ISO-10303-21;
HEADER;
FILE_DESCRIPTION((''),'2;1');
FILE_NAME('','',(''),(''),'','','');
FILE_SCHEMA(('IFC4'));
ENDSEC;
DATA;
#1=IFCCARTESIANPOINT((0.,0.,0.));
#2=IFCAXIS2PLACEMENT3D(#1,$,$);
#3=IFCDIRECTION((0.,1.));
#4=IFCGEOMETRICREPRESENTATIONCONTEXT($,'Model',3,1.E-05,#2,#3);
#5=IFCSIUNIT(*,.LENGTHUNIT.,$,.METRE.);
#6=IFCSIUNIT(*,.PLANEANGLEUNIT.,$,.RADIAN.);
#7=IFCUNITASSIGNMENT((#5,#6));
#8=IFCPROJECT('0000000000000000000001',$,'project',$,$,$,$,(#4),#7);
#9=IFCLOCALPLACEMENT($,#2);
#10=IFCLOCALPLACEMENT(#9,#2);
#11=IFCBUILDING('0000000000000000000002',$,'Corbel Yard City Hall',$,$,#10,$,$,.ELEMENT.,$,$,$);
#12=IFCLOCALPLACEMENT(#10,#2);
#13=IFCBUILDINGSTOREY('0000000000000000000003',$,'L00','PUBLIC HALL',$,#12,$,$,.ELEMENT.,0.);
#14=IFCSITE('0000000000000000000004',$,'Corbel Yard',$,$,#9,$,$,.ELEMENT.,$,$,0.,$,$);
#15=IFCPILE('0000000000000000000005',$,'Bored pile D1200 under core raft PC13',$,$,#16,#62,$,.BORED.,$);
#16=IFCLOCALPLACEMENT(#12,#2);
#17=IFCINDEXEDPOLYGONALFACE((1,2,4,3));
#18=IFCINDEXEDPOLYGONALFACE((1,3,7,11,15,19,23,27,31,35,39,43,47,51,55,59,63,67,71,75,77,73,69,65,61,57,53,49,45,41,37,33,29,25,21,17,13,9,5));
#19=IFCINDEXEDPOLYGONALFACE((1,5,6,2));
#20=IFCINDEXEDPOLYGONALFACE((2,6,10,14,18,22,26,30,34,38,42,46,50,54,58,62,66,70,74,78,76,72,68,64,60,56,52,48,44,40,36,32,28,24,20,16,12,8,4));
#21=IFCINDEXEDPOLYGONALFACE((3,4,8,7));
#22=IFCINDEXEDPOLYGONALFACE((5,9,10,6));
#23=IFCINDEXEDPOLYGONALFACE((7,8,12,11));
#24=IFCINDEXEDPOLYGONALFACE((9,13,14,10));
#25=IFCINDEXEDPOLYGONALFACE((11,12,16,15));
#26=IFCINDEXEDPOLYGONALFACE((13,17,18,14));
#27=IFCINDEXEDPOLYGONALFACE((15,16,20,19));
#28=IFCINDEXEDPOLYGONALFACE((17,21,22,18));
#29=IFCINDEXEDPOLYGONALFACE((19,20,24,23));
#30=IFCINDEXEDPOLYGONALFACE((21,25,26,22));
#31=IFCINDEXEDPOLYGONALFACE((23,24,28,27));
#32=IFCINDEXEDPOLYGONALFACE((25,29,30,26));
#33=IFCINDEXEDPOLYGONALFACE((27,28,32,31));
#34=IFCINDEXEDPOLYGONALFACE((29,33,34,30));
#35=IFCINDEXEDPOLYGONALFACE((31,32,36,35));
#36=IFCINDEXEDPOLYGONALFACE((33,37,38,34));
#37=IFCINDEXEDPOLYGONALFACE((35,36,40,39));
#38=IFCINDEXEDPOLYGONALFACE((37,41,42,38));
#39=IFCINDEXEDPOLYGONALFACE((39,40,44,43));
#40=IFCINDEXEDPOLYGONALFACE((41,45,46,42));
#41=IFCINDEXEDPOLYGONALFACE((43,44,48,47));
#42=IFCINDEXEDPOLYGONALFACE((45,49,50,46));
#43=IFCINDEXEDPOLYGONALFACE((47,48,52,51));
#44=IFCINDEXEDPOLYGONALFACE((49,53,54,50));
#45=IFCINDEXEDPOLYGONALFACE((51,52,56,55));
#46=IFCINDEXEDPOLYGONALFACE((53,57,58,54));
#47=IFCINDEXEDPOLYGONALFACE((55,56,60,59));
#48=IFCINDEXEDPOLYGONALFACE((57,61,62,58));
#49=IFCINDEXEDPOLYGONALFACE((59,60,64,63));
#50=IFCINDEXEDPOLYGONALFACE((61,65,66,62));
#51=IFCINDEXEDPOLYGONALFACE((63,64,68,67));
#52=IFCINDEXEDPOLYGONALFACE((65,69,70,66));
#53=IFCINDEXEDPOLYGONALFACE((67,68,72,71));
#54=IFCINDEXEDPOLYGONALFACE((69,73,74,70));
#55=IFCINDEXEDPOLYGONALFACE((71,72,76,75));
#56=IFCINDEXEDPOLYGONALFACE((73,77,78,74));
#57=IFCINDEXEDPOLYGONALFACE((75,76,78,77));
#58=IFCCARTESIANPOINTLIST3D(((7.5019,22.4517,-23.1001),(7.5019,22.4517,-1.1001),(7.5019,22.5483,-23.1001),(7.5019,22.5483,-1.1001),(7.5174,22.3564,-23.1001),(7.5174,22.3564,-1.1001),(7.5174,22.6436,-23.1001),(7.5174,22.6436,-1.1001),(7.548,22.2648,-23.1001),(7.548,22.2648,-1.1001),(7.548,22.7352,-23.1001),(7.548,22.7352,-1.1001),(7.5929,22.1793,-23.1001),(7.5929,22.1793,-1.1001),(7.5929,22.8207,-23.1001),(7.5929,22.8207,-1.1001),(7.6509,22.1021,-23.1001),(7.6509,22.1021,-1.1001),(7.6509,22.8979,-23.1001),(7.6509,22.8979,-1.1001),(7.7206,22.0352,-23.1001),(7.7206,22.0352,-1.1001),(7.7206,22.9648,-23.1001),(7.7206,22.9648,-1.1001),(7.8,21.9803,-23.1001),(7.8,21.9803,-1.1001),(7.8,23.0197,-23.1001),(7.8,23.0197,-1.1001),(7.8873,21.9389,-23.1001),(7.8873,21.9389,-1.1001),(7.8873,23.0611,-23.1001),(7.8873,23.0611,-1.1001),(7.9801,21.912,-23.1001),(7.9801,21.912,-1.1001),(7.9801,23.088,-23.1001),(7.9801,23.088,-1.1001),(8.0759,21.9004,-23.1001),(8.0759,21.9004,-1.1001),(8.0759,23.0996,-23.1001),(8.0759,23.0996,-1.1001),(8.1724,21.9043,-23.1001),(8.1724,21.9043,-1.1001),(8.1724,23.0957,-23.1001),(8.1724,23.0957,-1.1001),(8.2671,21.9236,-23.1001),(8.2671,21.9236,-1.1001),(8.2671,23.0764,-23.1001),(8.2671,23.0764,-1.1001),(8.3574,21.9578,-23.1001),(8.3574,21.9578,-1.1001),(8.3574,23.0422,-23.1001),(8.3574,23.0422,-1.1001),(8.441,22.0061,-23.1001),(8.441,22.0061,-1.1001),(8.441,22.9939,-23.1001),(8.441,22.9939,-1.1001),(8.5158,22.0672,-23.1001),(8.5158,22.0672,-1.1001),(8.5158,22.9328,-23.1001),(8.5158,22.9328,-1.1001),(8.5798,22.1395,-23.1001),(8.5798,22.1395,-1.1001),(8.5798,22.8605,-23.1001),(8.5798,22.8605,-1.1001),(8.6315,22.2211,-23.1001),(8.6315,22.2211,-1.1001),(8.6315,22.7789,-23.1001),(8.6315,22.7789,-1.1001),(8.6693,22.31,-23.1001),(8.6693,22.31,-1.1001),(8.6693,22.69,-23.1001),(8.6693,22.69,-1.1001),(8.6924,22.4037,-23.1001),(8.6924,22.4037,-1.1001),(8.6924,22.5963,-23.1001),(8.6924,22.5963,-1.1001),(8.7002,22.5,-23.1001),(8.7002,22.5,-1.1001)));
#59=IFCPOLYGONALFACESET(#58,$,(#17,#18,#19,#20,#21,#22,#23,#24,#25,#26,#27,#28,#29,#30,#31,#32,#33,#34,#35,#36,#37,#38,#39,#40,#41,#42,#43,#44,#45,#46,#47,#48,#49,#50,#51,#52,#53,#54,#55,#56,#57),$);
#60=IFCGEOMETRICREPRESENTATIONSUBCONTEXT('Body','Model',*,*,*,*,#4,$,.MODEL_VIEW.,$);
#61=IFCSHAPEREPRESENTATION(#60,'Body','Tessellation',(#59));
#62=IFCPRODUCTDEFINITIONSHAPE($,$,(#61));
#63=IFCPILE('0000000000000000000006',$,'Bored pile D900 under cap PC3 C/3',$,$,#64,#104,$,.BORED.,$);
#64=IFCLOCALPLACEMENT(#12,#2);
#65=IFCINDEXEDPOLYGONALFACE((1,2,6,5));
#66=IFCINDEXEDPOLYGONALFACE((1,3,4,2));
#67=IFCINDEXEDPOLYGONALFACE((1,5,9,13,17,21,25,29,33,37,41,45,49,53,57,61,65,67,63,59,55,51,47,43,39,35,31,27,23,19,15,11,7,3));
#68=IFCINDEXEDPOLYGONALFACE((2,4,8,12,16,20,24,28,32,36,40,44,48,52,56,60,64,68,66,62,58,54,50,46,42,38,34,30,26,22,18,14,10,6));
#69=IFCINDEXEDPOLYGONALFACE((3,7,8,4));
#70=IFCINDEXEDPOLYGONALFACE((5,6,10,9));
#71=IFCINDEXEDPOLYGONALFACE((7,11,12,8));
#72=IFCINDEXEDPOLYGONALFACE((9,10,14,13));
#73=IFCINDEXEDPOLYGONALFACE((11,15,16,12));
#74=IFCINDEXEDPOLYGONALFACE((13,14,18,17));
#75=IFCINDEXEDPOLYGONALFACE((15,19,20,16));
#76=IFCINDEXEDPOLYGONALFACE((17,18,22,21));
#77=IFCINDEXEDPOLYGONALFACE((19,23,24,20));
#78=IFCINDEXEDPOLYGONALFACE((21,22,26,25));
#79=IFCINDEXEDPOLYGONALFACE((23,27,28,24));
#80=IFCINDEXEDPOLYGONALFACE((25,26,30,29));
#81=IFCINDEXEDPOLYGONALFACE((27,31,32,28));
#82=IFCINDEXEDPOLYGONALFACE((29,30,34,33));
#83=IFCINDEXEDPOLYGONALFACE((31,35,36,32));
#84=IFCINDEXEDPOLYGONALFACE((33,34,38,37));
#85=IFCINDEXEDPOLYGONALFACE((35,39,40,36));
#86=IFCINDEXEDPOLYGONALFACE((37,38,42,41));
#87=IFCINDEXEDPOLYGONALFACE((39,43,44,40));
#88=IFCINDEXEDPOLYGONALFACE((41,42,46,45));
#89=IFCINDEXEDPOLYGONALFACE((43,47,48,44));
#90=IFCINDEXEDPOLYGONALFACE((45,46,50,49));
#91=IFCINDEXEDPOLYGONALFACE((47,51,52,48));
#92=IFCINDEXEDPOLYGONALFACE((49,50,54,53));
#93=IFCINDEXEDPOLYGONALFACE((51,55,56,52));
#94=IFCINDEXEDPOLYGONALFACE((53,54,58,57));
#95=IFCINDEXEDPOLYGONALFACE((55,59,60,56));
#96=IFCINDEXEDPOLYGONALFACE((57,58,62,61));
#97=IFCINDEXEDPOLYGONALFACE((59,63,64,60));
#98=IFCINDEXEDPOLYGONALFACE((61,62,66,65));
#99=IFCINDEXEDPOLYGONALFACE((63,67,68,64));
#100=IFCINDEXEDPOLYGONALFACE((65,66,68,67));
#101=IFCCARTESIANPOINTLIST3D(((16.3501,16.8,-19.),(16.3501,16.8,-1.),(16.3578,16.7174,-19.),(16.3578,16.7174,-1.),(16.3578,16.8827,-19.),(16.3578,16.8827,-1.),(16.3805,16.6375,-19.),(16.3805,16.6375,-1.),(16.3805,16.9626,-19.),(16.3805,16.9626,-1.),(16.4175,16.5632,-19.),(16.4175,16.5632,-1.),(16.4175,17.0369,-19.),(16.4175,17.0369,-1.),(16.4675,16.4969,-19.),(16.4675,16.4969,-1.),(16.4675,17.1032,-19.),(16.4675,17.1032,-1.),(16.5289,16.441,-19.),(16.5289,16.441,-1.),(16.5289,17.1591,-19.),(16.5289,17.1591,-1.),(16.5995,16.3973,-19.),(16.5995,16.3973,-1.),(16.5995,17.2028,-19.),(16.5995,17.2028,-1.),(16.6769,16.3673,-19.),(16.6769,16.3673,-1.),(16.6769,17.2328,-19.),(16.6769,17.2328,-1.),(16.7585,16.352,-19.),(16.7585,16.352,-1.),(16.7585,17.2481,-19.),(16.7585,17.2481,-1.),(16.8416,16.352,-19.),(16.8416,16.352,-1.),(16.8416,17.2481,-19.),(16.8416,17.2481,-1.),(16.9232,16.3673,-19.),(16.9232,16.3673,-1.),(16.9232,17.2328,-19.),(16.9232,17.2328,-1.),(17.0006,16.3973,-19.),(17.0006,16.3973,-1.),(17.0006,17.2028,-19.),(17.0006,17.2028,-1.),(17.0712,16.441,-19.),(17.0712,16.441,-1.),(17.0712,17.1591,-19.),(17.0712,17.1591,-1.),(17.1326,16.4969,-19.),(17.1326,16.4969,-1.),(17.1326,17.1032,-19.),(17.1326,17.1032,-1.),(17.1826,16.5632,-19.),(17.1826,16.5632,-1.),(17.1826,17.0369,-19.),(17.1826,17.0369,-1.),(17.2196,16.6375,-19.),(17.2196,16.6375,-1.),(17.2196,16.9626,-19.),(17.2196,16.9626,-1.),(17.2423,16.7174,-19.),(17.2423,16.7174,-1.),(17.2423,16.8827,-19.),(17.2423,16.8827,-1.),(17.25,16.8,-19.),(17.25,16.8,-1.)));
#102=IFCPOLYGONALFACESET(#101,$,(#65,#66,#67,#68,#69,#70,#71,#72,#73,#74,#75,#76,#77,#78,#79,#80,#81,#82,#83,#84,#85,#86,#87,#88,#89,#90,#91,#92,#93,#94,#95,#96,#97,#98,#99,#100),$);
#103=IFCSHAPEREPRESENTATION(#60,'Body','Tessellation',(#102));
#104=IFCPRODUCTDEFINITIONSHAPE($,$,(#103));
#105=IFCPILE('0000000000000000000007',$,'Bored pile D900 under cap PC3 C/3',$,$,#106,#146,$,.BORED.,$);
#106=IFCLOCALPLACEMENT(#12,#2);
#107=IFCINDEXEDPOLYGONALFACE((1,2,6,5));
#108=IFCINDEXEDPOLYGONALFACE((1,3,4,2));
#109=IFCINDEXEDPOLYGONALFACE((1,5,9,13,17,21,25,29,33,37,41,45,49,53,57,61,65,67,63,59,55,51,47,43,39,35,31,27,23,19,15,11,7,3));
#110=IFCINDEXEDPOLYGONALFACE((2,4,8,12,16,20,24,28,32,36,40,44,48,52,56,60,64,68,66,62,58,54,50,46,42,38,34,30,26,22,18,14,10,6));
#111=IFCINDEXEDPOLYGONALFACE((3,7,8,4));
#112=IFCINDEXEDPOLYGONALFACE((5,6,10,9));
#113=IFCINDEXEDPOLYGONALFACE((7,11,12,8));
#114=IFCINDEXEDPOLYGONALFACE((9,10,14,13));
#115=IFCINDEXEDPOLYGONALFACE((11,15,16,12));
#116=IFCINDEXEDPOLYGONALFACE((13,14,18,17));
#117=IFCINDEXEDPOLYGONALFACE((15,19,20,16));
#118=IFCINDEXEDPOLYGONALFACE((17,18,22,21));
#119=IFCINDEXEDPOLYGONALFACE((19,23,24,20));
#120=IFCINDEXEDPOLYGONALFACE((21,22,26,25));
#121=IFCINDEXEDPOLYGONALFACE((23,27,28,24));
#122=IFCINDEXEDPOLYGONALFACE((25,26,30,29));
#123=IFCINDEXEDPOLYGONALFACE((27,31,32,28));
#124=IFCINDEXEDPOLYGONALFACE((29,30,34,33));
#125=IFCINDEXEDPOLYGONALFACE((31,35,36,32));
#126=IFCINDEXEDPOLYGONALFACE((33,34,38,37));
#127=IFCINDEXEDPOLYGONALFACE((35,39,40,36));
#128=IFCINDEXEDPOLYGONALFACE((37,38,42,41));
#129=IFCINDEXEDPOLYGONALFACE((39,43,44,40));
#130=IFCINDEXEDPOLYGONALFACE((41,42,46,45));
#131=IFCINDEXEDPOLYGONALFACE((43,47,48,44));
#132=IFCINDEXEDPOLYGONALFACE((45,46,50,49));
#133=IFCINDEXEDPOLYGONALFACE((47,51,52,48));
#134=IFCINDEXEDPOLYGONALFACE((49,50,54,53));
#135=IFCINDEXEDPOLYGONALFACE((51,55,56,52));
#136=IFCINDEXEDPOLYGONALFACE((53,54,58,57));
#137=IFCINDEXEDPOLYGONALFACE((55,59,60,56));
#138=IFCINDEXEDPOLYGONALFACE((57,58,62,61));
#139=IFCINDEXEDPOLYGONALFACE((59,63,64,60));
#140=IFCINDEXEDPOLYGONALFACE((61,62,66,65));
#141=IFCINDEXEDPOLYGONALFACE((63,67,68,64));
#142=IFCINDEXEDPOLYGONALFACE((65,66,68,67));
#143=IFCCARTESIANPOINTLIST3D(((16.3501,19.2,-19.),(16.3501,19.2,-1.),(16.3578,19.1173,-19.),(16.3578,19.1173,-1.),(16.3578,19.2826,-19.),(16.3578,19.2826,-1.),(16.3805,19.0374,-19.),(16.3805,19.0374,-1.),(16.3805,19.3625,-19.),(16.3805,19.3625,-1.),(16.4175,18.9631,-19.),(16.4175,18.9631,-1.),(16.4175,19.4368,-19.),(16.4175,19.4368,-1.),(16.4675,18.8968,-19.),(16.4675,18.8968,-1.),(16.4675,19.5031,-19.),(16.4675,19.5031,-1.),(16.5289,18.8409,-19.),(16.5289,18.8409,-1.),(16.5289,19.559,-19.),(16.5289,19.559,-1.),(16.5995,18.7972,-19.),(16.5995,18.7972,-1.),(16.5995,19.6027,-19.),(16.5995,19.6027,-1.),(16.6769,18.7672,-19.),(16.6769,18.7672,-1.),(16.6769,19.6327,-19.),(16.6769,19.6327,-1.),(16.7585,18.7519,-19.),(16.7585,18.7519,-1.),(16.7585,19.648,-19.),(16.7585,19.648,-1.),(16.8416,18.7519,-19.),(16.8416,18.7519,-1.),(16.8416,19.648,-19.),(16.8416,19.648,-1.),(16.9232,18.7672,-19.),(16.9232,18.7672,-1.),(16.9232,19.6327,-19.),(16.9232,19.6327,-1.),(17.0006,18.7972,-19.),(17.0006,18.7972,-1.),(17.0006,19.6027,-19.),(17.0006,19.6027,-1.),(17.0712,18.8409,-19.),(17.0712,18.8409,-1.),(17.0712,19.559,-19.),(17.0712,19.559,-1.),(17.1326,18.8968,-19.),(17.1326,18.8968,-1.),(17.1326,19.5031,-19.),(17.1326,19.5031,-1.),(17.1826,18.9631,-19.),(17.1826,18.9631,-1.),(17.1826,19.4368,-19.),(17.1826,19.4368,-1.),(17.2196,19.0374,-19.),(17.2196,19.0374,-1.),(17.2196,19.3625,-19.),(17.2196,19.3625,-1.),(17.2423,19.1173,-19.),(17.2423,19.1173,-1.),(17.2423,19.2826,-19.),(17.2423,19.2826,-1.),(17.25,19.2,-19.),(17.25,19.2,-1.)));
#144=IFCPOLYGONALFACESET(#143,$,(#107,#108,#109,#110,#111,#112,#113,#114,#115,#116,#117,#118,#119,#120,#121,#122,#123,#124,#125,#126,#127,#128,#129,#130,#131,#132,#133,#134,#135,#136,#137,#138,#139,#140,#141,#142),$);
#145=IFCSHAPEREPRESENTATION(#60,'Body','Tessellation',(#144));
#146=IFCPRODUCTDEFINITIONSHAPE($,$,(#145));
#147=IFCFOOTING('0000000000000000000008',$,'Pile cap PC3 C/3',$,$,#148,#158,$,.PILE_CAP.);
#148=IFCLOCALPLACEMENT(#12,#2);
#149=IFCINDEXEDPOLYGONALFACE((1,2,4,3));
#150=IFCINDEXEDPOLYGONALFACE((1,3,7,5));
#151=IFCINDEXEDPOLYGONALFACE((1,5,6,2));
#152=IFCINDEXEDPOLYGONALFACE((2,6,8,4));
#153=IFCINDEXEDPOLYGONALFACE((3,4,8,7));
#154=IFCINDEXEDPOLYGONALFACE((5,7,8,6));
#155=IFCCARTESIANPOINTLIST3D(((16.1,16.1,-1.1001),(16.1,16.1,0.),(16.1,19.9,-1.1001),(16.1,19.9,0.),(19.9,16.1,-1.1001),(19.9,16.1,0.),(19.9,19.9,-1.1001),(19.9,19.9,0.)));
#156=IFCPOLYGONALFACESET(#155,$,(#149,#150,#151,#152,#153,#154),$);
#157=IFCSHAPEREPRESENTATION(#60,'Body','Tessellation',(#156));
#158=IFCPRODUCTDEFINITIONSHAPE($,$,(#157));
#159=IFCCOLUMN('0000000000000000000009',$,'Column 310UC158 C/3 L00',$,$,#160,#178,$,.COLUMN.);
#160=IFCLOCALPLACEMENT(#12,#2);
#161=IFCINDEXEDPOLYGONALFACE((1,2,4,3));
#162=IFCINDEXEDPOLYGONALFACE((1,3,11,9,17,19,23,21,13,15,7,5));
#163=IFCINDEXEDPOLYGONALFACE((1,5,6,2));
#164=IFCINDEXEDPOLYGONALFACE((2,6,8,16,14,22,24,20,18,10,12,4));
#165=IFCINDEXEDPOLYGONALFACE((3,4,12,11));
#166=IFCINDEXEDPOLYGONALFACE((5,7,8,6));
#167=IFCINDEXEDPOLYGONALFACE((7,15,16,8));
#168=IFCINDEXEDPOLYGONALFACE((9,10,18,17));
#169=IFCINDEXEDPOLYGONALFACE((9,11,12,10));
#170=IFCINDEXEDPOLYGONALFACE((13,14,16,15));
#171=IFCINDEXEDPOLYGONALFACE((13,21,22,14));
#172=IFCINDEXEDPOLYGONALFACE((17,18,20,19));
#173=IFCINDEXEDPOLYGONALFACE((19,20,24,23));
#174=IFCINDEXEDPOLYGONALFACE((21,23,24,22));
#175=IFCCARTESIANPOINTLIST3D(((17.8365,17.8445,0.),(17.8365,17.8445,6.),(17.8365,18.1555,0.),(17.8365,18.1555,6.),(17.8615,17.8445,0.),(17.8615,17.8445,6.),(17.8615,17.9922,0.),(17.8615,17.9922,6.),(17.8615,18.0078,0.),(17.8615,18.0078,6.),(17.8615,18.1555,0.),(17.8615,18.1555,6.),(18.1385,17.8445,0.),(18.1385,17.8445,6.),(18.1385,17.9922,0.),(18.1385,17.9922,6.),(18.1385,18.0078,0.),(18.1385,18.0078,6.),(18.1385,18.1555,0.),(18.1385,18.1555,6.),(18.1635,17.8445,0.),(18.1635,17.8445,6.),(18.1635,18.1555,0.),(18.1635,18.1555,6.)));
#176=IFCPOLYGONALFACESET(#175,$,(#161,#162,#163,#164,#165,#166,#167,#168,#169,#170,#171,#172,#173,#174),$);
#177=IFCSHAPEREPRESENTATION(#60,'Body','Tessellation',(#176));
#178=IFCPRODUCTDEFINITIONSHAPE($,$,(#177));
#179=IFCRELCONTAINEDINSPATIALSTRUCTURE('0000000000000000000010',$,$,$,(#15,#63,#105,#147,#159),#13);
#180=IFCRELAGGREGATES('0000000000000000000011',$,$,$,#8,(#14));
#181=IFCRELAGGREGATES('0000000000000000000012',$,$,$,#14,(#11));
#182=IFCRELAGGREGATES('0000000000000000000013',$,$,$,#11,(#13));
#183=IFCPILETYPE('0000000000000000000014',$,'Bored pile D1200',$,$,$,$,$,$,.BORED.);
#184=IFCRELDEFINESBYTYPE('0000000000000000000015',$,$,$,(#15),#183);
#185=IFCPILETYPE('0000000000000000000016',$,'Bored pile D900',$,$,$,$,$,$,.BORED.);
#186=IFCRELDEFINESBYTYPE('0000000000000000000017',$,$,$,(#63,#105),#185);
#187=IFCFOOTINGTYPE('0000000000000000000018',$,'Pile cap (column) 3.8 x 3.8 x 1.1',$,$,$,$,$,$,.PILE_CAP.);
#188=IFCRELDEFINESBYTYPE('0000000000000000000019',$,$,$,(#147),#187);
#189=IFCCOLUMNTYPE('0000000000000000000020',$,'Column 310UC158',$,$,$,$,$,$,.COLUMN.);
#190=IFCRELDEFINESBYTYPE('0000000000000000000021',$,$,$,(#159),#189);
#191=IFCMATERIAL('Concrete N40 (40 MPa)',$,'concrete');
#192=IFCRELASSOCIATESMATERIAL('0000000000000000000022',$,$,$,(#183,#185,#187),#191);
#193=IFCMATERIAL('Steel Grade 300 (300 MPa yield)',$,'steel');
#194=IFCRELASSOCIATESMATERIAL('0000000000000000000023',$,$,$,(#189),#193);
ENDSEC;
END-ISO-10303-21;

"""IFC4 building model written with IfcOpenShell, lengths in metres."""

from ifc_helpers import new_model, si_unit, direction, frame, origin, origin_2d, place, context, subcontext, project, spatial, rectangle, circle, i_section, extrude, material, material_profile, profile_set, type_object, element, save


model = new_model("IFC4")

# Units and contexts
model_context = context("Model", 3, precision=1e-05, world=origin(), true_north=direction((0.0, 1.0)))
body_context = subcontext(model_context, "Body", "Model", "MODEL_VIEW")
ifc_project = project(units=[si_unit("LENGTHUNIT", "METRE"), si_unit("PLANEANGLEUNIT", "RADIAN")], contexts=[model_context])

# Site, building, storey
site_placement = place(None, origin())
site = spatial("IfcSite", under=ifc_project, at=site_placement, Name="Corbel Yard", CompositionType="ELEMENT", RefElevation=0.0)
building_placement = place(site_placement, origin())
building = spatial("IfcBuilding", under=site, at=building_placement, Name="Corbel Yard City Hall", CompositionType="ELEMENT")
storey_placement = place(building_placement, origin())
storey = spatial("IfcBuildingStorey", under=building, at=storey_placement, Name="L00", Description="PUBLIC HALL", CompositionType="ELEMENT", Elevation=0.0)

# Piles
ifc_material_1 = material(Name="Concrete N40 (40 MPa)", Category="concrete")
ifc_material_profile_1 = material_profile(ifc_material_1, circle(Radius=0.6001, at=origin_2d()), Name="D1200")
ifc_profile_set_1 = profile_set([ifc_material_profile_1], Name="Concrete N40 (40 MPa)")
pile_type_1 = type_object("IfcPileType", Name="Bored pile D1200", PredefinedType="BORED", material=ifc_profile_set_1)
for number, where, z_axis, x_axis, name in (
    (1, (8.1001, 22.5, -1.1001), (0.0, 0.0, -1.0), (1.0, 0.0, 0.0), "Bored pile D1200 under core raft PC13"),
):
    element("IfcPile", number, at=place(storey_placement, frame(where, z_axis=z_axis, x_axis=x_axis)), inside=storey, type_object=pile_type_1, Name=name, PredefinedType="BORED", context=body_context, shape_type="SweptSolid", body=[
        extrude(circle(Radius=0.6001, at=origin_2d()), origin(), (0.0, 0.0, 1.0), 22.0),
    ])
ifc_material_profile_2 = material_profile(ifc_material_1, circle(Radius=0.45, at=origin_2d()), Name="D900")
ifc_profile_set_2 = profile_set([ifc_material_profile_2], Name="Concrete N40 (40 MPa)")
pile_type_2 = type_object("IfcPileType", Name="Bored pile D900", PredefinedType="BORED", material=ifc_profile_set_2)
for number, where, z_axis, x_axis, name in (
    (2, (16.8, 16.8, -1.0), (0.0, 0.0, -1.0), (1.0, 0.0, 0.0), "Bored pile D900 under cap PC3 C/3"),
    (3, (16.8, 19.2, -1.0), (0.0, 0.0, -1.0), (1.0, 0.0, 0.0), "Bored pile D900 under cap PC3 C/3"),
):
    element("IfcPile", number, at=place(storey_placement, frame(where, z_axis=z_axis, x_axis=x_axis)), inside=storey, type_object=pile_type_2, Name=name, PredefinedType="BORED", context=body_context, shape_type="SweptSolid", body=[
        extrude(circle(Radius=0.45, at=origin_2d()), origin(), (0.0, 0.0, 1.0), 18.0),
    ])

# Footing
footing_type = type_object("IfcFootingType", Name="Pile cap (column) 3.8 x 3.8 x 1.1", PredefinedType="PILE_CAP", material=ifc_material_1)
footing_placement = place(storey_placement, frame((18.0, 18.0, -1.1001), z_axis=(0.0, 0.0, 1.0), x_axis=(1.0, 0.0, 0.0)))
element("IfcFooting", 4, at=footing_placement, inside=storey, type_object=footing_type, Name="Pile cap PC3 C/3", PredefinedType="PILE_CAP", context=body_context, shape_type="SweptSolid", body=[
    extrude(rectangle(XDim=3.8, YDim=3.8, at=origin_2d()), origin(), (0.0, 0.0, 1.0), 1.1001),
])

# Column
ifc_material_2 = material(Name="Steel Grade 300 (300 MPa yield)", Category="steel")
ifc_material_profile_3 = material_profile(ifc_material_2, i_section(OverallWidth=0.311, OverallDepth=0.3269, WebThickness=0.0156, FlangeThickness=0.0249, at=origin_2d()), Name="310UC158")
ifc_profile_set_3 = profile_set([ifc_material_profile_3], Name="Steel Grade 300 (300 MPa yield)")
column_type = type_object("IfcColumnType", Name="Column 310UC158", PredefinedType="COLUMN", material=ifc_profile_set_3)
column_placement = place(storey_placement, frame((18.0, 18.0, 0.0), z_axis=(0.0, 0.0, 1.0), x_axis=(0.0, 1.0, 0.0)))
element("IfcColumn", 5, at=column_placement, inside=storey, type_object=column_type, Name="Column 310UC158 C/3 L00", PredefinedType="COLUMN", context=body_context, shape_type="SweptSolid", body=[
    extrude(i_section(OverallWidth=0.311, OverallDepth=0.3269, WebThickness=0.0156, FlangeThickness=0.0249, at=origin_2d()), origin(), (0.0, 0.0, 1.0), 6.0),
])

save(model, "model.ifc")
